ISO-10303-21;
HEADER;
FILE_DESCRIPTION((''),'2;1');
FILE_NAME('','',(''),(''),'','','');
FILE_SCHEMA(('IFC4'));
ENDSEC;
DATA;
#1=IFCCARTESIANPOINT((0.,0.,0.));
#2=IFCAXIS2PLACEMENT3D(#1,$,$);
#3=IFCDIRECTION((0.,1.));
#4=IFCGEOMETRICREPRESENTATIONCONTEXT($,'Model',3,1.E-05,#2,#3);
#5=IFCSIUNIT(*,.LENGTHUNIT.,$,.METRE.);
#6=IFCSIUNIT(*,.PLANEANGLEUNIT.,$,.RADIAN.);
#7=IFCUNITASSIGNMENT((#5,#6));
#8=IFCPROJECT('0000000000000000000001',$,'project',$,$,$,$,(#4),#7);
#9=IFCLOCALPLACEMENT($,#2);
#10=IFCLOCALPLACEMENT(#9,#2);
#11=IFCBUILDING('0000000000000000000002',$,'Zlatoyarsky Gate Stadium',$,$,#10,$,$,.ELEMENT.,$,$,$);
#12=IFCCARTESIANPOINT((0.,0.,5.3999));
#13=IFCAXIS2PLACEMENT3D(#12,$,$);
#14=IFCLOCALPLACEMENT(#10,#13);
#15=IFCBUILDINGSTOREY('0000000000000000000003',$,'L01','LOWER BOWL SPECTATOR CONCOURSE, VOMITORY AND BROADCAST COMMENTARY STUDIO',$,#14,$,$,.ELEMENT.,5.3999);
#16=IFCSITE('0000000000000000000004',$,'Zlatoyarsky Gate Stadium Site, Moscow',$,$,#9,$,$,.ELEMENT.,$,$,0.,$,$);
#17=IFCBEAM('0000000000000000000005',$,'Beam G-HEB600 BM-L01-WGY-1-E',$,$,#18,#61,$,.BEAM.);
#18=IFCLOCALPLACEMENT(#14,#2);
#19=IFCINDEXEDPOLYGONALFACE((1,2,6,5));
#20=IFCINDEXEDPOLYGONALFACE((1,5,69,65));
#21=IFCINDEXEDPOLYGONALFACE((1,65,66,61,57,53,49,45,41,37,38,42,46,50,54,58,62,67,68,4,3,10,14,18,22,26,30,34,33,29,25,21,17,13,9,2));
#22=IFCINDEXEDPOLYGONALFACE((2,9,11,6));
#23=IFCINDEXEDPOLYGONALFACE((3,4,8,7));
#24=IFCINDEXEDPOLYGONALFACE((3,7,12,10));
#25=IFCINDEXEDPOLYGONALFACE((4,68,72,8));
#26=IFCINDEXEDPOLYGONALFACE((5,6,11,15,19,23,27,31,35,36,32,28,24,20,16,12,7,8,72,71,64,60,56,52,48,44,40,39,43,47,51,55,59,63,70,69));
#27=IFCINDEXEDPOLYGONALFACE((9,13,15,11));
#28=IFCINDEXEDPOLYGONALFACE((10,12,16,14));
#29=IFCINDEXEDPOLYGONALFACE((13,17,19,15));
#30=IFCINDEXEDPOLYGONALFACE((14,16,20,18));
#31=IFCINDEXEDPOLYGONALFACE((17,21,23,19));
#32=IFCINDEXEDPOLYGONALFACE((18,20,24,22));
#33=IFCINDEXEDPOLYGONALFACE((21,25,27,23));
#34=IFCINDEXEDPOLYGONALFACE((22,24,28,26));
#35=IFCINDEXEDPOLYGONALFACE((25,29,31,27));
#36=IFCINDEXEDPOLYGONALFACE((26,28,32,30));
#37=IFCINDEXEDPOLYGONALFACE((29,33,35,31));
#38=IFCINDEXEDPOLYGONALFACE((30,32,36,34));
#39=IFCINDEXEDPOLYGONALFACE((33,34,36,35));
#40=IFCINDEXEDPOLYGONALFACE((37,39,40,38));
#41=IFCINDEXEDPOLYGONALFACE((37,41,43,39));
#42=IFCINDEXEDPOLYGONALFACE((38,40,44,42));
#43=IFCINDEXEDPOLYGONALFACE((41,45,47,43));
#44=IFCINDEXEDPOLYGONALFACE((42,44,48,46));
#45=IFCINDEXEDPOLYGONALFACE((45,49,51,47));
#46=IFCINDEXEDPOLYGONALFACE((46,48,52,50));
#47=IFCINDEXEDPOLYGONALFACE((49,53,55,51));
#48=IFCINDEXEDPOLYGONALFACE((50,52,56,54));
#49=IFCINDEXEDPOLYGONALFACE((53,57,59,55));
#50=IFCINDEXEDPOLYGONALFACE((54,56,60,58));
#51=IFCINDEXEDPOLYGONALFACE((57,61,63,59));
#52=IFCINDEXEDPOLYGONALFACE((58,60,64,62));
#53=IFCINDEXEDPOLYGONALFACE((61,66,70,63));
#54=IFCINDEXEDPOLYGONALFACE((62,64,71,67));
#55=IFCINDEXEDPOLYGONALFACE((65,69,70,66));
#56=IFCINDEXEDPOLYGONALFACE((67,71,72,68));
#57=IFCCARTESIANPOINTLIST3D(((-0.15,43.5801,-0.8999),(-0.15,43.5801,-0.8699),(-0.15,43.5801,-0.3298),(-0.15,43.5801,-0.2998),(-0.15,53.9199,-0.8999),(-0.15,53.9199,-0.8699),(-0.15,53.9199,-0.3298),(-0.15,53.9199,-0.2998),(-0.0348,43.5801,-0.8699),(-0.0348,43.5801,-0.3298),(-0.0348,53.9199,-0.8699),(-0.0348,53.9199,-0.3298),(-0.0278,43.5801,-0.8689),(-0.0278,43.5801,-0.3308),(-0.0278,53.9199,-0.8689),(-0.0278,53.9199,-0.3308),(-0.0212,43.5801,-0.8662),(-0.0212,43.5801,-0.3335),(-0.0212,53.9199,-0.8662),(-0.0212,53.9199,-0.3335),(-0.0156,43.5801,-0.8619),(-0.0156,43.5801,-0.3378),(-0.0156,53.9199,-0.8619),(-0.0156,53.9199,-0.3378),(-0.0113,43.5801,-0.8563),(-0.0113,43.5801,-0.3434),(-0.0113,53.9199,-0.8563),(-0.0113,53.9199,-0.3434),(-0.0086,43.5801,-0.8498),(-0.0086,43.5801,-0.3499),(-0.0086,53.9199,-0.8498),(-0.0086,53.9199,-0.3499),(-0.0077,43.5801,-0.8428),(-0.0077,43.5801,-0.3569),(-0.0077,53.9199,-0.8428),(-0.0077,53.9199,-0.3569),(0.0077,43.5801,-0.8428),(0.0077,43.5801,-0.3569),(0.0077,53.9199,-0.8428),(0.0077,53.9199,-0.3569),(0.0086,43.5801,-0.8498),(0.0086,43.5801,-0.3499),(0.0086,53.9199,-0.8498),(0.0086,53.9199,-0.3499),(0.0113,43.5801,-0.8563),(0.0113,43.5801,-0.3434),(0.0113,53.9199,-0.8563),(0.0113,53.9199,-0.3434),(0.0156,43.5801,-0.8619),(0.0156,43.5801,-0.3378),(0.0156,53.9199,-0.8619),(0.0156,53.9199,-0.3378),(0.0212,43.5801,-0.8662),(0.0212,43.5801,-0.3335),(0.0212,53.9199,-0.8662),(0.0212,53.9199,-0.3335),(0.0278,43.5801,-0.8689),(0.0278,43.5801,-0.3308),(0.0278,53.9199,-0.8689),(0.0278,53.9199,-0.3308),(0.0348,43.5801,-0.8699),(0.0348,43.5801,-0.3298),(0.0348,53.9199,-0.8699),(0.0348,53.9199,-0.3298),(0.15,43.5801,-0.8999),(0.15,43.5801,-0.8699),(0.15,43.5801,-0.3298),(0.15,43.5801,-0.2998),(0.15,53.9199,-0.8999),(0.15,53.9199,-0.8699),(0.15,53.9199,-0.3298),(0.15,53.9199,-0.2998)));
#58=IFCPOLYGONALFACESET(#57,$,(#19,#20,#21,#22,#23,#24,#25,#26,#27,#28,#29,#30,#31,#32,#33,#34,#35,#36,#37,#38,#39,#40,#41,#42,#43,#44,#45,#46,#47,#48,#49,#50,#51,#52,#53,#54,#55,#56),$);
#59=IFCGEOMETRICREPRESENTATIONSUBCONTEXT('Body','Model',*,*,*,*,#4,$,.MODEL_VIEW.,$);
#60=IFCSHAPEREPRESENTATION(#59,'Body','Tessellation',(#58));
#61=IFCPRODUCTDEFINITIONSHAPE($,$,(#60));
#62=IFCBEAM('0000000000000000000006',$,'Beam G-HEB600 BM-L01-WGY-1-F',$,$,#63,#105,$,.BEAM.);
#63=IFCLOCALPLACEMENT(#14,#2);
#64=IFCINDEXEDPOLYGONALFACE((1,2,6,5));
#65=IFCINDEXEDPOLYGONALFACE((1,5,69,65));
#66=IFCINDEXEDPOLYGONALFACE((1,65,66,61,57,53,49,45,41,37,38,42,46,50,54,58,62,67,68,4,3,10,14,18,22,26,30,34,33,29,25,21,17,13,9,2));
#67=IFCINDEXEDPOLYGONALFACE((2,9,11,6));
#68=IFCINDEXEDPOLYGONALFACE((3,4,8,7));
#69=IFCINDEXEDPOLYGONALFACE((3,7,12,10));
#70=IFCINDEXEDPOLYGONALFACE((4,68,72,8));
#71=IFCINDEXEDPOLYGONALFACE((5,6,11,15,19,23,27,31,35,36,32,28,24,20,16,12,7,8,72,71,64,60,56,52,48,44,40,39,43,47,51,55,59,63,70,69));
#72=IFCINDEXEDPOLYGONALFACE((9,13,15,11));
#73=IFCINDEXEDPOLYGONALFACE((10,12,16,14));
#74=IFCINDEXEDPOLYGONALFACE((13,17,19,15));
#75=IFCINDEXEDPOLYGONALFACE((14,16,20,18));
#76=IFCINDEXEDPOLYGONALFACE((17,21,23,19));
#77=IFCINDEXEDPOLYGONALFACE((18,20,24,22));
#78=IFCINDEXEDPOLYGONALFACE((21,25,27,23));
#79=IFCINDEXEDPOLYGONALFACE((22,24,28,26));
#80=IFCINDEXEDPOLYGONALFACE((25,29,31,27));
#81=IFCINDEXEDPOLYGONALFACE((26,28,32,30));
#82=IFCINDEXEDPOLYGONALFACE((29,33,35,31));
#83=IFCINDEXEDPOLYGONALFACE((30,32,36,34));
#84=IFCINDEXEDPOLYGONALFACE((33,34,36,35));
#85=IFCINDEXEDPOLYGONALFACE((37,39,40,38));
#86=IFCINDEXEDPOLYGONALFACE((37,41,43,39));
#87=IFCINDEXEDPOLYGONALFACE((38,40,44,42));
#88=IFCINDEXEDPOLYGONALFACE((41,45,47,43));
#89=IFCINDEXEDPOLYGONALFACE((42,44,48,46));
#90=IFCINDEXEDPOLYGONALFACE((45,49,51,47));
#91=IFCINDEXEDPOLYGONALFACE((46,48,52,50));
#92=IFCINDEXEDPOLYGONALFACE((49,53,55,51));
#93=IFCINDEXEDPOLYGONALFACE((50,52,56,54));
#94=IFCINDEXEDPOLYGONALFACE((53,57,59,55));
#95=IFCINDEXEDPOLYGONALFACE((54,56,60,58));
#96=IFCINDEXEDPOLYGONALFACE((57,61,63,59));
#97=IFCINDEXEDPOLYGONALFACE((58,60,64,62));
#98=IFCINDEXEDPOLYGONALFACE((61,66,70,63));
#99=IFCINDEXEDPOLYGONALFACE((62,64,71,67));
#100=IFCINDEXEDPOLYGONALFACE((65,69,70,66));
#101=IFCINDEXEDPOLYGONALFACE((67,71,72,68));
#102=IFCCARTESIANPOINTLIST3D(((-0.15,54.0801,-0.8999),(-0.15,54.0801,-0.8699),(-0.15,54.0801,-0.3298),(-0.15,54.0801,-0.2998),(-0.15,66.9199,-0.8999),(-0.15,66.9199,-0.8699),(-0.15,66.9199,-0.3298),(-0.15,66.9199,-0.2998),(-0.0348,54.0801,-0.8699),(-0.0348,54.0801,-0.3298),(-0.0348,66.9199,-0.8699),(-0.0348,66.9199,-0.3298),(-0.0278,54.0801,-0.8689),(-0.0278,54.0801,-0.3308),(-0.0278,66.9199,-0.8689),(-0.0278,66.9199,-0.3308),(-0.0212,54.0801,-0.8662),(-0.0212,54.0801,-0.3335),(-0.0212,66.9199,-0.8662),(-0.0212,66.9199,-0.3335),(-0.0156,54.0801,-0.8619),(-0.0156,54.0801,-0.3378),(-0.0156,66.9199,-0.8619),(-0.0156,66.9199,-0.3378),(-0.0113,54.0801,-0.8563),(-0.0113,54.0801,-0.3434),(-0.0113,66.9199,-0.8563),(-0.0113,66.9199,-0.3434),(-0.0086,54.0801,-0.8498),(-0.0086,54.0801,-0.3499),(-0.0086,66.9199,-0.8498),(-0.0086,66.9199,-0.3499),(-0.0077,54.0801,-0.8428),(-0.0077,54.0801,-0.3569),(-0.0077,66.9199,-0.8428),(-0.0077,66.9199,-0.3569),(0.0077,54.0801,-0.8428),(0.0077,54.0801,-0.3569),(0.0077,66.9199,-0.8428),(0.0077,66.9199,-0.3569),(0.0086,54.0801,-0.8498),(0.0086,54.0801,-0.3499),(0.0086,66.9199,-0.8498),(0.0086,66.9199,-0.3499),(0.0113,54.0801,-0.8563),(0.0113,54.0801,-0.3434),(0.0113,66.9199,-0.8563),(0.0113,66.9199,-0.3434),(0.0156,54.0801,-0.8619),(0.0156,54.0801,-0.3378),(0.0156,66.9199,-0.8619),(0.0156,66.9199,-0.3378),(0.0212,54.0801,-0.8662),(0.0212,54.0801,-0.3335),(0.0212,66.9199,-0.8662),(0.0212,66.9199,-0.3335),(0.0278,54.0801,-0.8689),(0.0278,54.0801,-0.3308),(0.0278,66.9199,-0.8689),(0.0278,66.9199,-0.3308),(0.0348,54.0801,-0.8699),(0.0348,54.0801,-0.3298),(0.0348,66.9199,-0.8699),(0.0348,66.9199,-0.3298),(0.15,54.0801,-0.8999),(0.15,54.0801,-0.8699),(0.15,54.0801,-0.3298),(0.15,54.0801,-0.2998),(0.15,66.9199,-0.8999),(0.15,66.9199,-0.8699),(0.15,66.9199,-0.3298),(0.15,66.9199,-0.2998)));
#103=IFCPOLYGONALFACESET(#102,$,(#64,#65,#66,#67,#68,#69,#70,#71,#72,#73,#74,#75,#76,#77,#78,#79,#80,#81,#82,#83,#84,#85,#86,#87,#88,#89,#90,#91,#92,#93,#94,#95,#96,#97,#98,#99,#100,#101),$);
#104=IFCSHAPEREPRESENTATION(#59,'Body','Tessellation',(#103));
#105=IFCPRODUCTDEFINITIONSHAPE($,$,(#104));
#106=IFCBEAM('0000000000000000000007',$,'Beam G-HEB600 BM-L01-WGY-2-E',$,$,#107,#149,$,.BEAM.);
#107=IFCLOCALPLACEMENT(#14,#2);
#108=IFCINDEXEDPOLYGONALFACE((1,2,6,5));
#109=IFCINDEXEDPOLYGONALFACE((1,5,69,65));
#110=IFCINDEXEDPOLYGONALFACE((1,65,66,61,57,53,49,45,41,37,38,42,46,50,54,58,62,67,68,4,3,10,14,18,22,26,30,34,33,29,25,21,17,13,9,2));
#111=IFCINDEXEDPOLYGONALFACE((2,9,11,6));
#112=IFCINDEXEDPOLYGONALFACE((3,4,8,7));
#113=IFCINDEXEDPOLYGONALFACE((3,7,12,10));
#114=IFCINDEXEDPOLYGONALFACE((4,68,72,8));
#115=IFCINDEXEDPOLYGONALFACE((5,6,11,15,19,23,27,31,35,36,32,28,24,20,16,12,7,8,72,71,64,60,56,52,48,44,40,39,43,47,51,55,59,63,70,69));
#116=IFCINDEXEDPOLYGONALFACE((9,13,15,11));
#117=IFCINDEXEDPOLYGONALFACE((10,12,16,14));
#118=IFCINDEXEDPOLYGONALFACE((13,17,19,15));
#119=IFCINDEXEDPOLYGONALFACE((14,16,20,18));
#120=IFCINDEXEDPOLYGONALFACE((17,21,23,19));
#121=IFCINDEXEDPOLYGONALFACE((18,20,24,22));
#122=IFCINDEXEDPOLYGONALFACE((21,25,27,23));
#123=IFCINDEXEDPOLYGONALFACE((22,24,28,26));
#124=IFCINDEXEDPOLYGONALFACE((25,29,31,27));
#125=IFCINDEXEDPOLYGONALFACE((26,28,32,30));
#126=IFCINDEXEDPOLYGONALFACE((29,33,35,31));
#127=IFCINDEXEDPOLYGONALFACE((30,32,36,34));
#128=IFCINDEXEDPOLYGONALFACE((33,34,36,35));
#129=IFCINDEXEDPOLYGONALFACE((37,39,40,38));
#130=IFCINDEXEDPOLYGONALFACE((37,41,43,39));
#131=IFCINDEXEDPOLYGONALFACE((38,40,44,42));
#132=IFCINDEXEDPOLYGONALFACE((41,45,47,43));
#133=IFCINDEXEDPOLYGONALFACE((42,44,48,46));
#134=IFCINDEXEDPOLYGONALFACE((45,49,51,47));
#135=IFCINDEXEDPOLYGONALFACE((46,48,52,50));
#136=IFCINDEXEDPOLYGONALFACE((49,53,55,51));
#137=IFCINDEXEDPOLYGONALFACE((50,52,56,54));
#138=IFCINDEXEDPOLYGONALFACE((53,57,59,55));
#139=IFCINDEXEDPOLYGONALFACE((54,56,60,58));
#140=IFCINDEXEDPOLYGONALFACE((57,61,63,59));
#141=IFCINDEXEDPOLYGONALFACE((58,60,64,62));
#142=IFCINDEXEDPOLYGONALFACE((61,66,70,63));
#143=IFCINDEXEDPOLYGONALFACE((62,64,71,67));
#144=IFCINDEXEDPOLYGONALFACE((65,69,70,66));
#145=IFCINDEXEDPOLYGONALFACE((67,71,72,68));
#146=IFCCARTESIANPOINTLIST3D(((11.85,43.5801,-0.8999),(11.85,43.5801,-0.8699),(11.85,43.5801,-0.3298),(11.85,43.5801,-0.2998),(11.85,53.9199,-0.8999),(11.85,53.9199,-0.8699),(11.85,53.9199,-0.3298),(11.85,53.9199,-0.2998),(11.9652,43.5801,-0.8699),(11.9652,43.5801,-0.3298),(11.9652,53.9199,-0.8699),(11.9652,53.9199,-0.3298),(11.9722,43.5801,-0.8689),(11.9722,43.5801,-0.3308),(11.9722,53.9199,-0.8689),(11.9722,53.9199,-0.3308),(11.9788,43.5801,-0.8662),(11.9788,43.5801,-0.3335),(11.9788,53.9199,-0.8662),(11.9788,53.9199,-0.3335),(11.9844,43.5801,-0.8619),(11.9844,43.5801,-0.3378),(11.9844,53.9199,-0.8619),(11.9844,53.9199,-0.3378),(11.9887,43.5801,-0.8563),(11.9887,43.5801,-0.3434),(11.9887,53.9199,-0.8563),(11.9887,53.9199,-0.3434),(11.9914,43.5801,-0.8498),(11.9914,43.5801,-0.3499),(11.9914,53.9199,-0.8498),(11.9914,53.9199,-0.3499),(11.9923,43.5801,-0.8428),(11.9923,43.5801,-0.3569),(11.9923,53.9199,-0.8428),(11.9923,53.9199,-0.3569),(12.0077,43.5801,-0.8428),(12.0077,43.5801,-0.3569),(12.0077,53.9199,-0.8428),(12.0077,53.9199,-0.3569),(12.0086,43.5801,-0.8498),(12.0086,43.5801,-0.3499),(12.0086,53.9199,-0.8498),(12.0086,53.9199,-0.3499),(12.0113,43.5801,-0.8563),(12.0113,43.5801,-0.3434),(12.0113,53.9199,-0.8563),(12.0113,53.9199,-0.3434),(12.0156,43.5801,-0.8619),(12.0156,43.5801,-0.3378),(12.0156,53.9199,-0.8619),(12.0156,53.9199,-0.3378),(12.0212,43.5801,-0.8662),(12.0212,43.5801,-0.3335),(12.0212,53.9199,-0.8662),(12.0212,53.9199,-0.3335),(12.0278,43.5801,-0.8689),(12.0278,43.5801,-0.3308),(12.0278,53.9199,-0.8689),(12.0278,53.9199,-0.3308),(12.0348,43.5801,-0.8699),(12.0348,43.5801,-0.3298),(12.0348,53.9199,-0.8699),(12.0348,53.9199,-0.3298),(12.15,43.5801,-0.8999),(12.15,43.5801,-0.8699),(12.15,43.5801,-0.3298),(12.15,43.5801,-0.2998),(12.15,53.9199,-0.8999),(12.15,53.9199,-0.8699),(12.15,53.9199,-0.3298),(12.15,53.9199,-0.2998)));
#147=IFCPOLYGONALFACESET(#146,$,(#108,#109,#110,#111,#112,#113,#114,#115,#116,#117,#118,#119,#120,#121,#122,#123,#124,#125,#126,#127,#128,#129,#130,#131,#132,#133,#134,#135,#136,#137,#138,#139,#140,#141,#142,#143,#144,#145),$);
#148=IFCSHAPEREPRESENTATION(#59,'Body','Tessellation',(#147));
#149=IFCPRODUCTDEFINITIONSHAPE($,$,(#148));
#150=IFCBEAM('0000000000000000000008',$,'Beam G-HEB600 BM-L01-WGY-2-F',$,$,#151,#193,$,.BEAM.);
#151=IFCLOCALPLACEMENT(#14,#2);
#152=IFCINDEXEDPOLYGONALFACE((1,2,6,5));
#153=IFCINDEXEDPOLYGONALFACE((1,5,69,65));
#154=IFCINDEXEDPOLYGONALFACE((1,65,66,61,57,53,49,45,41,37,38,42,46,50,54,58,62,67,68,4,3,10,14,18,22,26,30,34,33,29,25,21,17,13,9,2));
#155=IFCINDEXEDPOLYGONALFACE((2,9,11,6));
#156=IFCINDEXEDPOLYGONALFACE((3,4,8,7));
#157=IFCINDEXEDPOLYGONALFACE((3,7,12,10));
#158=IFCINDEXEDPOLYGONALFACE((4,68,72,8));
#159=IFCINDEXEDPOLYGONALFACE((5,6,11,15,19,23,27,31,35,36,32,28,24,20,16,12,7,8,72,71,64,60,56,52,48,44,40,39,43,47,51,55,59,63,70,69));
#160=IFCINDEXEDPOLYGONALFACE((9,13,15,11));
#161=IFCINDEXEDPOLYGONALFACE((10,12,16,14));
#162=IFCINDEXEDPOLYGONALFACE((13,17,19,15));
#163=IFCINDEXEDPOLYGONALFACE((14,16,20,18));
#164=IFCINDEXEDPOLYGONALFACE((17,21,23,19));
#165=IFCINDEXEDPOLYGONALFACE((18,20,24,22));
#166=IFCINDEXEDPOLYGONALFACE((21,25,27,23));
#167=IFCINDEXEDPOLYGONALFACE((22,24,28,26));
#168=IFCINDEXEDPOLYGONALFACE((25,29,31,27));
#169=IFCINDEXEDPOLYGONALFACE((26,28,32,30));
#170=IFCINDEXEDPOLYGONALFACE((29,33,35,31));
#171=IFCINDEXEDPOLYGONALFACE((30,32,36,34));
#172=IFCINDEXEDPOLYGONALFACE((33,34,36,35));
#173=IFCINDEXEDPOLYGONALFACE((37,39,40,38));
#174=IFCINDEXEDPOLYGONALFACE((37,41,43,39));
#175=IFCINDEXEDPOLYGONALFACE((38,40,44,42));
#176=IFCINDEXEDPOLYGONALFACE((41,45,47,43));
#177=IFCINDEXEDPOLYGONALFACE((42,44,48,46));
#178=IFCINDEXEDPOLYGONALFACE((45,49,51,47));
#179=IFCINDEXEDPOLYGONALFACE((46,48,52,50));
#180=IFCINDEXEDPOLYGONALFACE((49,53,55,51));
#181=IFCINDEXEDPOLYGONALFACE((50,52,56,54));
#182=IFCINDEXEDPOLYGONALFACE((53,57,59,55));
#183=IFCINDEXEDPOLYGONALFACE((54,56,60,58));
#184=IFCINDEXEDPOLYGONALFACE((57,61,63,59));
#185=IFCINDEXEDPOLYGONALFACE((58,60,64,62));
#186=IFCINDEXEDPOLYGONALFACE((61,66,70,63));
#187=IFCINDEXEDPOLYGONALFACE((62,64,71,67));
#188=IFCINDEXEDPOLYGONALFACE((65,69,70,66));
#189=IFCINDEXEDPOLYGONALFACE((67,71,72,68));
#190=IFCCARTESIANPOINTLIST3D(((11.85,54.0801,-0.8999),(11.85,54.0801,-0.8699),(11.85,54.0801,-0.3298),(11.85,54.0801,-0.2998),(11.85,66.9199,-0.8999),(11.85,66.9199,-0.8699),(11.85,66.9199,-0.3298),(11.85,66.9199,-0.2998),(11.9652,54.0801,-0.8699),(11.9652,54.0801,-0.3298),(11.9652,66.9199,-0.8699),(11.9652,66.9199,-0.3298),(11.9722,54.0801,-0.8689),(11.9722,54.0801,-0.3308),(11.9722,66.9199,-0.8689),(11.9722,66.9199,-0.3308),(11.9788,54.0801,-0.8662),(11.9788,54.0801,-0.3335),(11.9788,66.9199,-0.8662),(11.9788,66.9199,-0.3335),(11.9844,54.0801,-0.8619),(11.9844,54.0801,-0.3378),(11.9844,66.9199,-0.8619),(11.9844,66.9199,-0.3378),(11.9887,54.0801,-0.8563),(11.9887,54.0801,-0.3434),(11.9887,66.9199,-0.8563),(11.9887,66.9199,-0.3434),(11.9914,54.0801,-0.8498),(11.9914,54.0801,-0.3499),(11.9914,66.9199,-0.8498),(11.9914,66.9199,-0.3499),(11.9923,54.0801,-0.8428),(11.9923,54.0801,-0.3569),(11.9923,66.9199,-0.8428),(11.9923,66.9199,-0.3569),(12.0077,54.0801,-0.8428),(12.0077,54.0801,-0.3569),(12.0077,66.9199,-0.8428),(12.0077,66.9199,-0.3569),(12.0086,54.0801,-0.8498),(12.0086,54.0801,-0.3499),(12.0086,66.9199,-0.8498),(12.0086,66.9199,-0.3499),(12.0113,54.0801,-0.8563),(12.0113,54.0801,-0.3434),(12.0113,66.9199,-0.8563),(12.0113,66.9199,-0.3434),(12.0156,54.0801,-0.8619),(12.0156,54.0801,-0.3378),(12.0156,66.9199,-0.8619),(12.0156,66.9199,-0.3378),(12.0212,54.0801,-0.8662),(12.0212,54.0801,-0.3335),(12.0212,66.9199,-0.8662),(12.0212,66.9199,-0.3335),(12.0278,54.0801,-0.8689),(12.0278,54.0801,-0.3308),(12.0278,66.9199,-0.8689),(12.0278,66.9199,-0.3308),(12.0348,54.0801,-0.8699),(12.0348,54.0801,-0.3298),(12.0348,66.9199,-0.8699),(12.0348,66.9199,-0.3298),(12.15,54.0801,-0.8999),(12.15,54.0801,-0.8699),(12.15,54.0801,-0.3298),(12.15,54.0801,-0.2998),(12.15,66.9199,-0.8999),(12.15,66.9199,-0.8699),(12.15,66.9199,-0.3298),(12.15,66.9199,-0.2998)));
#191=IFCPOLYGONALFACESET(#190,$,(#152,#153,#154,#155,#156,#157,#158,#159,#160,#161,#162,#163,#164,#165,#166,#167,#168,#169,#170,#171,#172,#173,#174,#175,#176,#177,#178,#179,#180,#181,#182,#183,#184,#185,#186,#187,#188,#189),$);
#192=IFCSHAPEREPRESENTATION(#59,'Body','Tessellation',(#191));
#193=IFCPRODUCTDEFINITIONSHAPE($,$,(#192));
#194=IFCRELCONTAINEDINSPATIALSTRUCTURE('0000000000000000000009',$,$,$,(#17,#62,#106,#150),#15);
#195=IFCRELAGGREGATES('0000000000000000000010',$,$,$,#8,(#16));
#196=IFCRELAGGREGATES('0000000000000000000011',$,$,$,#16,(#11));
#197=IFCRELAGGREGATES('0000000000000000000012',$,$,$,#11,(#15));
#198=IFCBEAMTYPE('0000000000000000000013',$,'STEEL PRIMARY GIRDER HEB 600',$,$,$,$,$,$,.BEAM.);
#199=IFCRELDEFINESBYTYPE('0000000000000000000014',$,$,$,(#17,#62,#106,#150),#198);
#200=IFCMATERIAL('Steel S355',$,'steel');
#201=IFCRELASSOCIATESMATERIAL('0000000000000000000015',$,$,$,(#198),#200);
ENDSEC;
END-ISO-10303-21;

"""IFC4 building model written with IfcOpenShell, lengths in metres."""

from ifc_helpers import new_model, si_unit, direction, frame, origin, origin_2d, place, context, subcontext, project, spatial, i_section, extrude, material, material_profile, profile_set, type_object, element, save


model = new_model("IFC4")

# Units and contexts
model_context = context("Model", 3, precision=1e-05, world=origin(), true_north=direction((0.0, 1.0)))
body_context = subcontext(model_context, "Body", "Model", "MODEL_VIEW")
ifc_project = project(units=[si_unit("LENGTHUNIT", "METRE"), si_unit("PLANEANGLEUNIT", "RADIAN")], contexts=[model_context])

# Site, building, storey
site_placement = place(None, origin())
site = spatial("IfcSite", under=ifc_project, at=site_placement, Name="Zlatoyarsky Gate Stadium Site, Moscow", CompositionType="ELEMENT", RefElevation=0.0)
building_placement = place(site_placement, origin())
building = spatial("IfcBuilding", under=site, at=building_placement, Name="Zlatoyarsky Gate Stadium", CompositionType="ELEMENT")
storey_placement = place(building_placement, frame((0.0, 0.0, 5.3999)))
storey = spatial("IfcBuildingStorey", under=building, at=storey_placement, Name="L01", Description="LOWER BOWL SPECTATOR CONCOURSE, VOMITORY AND BROADCAST COMMENTARY STUDIO", CompositionType="ELEMENT", Elevation=5.3999)

# Shared definitions
ifc_material_1 = material(Name="Steel S355", Category="steel")

# Beams
ifc_material_profile_1 = material_profile(ifc_material_1, i_section(OverallWidth=0.3, OverallDepth=0.6001, WebThickness=0.0154, FlangeThickness=0.03, FilletRadius=0.0271, at=origin_2d()), Name="HEB 600")
ifc_profile_set_1 = profile_set([ifc_material_profile_1], Name="Steel S355")
beam_type_1 = type_object("IfcBeamType", Name="STEEL PRIMARY GIRDER HEB 600", PredefinedType="BEAM", material=ifc_profile_set_1)
beam_1_placement = place(storey_placement, frame((0.0, 43.5801, -0.5999), z_axis=(0.0, 1.0, 0.0), x_axis=(-1.0, 0.0, 0.0)))
element("IfcBeam", 1, at=beam_1_placement, inside=storey, type_object=beam_type_1, Name="Beam G-HEB600 BM-L01-WGY-1-E", PredefinedType="BEAM", context=body_context, shape_type="SweptSolid", body=[
    extrude(i_section(OverallWidth=0.3, OverallDepth=0.6001, WebThickness=0.0154, FlangeThickness=0.03, FilletRadius=0.0271, at=origin_2d()), origin(), (0.0, 0.0, 1.0), 10.3398),
])
beam_2_placement = place(storey_placement, frame((0.0, 54.0801, -0.5999), z_axis=(0.0, 1.0, 0.0), x_axis=(-1.0, 0.0, 0.0)))
element("IfcBeam", 2, at=beam_2_placement, inside=storey, type_object=beam_type_1, Name="Beam G-HEB600 BM-L01-WGY-1-F", PredefinedType="BEAM", context=body_context, shape_type="SweptSolid", body=[
    extrude(i_section(OverallWidth=0.3, OverallDepth=0.6001, WebThickness=0.0154, FlangeThickness=0.03, FilletRadius=0.0271, at=origin_2d()), origin(), (0.0, 0.0, 1.0), 12.8398),
])
beam_3_placement = place(storey_placement, frame((12.0, 43.5801, -0.5999), z_axis=(0.0, 1.0, 0.0), x_axis=(-1.0, 0.0, 0.0)))
element("IfcBeam", 3, at=beam_3_placement, inside=storey, type_object=beam_type_1, Name="Beam G-HEB600 BM-L01-WGY-2-E", PredefinedType="BEAM", context=body_context, shape_type="SweptSolid", body=[
    extrude(i_section(OverallWidth=0.3, OverallDepth=0.6001, WebThickness=0.0154, FlangeThickness=0.03, FilletRadius=0.0271, at=origin_2d()), origin(), (0.0, 0.0, 1.0), 10.3398),
])
beam_4_placement = place(storey_placement, frame((12.0, 54.0801, -0.5999), z_axis=(0.0, 1.0, 0.0), x_axis=(-1.0, 0.0, 0.0)))
element("IfcBeam", 4, at=beam_4_placement, inside=storey, type_object=beam_type_1, Name="Beam G-HEB600 BM-L01-WGY-2-F", PredefinedType="BEAM", context=body_context, shape_type="SweptSolid", body=[
    extrude(i_section(OverallWidth=0.3, OverallDepth=0.6001, WebThickness=0.0154, FlangeThickness=0.03, FilletRadius=0.0271, at=origin_2d()), origin(), (0.0, 0.0, 1.0), 12.8398),
])

save(model, "model.ifc")
